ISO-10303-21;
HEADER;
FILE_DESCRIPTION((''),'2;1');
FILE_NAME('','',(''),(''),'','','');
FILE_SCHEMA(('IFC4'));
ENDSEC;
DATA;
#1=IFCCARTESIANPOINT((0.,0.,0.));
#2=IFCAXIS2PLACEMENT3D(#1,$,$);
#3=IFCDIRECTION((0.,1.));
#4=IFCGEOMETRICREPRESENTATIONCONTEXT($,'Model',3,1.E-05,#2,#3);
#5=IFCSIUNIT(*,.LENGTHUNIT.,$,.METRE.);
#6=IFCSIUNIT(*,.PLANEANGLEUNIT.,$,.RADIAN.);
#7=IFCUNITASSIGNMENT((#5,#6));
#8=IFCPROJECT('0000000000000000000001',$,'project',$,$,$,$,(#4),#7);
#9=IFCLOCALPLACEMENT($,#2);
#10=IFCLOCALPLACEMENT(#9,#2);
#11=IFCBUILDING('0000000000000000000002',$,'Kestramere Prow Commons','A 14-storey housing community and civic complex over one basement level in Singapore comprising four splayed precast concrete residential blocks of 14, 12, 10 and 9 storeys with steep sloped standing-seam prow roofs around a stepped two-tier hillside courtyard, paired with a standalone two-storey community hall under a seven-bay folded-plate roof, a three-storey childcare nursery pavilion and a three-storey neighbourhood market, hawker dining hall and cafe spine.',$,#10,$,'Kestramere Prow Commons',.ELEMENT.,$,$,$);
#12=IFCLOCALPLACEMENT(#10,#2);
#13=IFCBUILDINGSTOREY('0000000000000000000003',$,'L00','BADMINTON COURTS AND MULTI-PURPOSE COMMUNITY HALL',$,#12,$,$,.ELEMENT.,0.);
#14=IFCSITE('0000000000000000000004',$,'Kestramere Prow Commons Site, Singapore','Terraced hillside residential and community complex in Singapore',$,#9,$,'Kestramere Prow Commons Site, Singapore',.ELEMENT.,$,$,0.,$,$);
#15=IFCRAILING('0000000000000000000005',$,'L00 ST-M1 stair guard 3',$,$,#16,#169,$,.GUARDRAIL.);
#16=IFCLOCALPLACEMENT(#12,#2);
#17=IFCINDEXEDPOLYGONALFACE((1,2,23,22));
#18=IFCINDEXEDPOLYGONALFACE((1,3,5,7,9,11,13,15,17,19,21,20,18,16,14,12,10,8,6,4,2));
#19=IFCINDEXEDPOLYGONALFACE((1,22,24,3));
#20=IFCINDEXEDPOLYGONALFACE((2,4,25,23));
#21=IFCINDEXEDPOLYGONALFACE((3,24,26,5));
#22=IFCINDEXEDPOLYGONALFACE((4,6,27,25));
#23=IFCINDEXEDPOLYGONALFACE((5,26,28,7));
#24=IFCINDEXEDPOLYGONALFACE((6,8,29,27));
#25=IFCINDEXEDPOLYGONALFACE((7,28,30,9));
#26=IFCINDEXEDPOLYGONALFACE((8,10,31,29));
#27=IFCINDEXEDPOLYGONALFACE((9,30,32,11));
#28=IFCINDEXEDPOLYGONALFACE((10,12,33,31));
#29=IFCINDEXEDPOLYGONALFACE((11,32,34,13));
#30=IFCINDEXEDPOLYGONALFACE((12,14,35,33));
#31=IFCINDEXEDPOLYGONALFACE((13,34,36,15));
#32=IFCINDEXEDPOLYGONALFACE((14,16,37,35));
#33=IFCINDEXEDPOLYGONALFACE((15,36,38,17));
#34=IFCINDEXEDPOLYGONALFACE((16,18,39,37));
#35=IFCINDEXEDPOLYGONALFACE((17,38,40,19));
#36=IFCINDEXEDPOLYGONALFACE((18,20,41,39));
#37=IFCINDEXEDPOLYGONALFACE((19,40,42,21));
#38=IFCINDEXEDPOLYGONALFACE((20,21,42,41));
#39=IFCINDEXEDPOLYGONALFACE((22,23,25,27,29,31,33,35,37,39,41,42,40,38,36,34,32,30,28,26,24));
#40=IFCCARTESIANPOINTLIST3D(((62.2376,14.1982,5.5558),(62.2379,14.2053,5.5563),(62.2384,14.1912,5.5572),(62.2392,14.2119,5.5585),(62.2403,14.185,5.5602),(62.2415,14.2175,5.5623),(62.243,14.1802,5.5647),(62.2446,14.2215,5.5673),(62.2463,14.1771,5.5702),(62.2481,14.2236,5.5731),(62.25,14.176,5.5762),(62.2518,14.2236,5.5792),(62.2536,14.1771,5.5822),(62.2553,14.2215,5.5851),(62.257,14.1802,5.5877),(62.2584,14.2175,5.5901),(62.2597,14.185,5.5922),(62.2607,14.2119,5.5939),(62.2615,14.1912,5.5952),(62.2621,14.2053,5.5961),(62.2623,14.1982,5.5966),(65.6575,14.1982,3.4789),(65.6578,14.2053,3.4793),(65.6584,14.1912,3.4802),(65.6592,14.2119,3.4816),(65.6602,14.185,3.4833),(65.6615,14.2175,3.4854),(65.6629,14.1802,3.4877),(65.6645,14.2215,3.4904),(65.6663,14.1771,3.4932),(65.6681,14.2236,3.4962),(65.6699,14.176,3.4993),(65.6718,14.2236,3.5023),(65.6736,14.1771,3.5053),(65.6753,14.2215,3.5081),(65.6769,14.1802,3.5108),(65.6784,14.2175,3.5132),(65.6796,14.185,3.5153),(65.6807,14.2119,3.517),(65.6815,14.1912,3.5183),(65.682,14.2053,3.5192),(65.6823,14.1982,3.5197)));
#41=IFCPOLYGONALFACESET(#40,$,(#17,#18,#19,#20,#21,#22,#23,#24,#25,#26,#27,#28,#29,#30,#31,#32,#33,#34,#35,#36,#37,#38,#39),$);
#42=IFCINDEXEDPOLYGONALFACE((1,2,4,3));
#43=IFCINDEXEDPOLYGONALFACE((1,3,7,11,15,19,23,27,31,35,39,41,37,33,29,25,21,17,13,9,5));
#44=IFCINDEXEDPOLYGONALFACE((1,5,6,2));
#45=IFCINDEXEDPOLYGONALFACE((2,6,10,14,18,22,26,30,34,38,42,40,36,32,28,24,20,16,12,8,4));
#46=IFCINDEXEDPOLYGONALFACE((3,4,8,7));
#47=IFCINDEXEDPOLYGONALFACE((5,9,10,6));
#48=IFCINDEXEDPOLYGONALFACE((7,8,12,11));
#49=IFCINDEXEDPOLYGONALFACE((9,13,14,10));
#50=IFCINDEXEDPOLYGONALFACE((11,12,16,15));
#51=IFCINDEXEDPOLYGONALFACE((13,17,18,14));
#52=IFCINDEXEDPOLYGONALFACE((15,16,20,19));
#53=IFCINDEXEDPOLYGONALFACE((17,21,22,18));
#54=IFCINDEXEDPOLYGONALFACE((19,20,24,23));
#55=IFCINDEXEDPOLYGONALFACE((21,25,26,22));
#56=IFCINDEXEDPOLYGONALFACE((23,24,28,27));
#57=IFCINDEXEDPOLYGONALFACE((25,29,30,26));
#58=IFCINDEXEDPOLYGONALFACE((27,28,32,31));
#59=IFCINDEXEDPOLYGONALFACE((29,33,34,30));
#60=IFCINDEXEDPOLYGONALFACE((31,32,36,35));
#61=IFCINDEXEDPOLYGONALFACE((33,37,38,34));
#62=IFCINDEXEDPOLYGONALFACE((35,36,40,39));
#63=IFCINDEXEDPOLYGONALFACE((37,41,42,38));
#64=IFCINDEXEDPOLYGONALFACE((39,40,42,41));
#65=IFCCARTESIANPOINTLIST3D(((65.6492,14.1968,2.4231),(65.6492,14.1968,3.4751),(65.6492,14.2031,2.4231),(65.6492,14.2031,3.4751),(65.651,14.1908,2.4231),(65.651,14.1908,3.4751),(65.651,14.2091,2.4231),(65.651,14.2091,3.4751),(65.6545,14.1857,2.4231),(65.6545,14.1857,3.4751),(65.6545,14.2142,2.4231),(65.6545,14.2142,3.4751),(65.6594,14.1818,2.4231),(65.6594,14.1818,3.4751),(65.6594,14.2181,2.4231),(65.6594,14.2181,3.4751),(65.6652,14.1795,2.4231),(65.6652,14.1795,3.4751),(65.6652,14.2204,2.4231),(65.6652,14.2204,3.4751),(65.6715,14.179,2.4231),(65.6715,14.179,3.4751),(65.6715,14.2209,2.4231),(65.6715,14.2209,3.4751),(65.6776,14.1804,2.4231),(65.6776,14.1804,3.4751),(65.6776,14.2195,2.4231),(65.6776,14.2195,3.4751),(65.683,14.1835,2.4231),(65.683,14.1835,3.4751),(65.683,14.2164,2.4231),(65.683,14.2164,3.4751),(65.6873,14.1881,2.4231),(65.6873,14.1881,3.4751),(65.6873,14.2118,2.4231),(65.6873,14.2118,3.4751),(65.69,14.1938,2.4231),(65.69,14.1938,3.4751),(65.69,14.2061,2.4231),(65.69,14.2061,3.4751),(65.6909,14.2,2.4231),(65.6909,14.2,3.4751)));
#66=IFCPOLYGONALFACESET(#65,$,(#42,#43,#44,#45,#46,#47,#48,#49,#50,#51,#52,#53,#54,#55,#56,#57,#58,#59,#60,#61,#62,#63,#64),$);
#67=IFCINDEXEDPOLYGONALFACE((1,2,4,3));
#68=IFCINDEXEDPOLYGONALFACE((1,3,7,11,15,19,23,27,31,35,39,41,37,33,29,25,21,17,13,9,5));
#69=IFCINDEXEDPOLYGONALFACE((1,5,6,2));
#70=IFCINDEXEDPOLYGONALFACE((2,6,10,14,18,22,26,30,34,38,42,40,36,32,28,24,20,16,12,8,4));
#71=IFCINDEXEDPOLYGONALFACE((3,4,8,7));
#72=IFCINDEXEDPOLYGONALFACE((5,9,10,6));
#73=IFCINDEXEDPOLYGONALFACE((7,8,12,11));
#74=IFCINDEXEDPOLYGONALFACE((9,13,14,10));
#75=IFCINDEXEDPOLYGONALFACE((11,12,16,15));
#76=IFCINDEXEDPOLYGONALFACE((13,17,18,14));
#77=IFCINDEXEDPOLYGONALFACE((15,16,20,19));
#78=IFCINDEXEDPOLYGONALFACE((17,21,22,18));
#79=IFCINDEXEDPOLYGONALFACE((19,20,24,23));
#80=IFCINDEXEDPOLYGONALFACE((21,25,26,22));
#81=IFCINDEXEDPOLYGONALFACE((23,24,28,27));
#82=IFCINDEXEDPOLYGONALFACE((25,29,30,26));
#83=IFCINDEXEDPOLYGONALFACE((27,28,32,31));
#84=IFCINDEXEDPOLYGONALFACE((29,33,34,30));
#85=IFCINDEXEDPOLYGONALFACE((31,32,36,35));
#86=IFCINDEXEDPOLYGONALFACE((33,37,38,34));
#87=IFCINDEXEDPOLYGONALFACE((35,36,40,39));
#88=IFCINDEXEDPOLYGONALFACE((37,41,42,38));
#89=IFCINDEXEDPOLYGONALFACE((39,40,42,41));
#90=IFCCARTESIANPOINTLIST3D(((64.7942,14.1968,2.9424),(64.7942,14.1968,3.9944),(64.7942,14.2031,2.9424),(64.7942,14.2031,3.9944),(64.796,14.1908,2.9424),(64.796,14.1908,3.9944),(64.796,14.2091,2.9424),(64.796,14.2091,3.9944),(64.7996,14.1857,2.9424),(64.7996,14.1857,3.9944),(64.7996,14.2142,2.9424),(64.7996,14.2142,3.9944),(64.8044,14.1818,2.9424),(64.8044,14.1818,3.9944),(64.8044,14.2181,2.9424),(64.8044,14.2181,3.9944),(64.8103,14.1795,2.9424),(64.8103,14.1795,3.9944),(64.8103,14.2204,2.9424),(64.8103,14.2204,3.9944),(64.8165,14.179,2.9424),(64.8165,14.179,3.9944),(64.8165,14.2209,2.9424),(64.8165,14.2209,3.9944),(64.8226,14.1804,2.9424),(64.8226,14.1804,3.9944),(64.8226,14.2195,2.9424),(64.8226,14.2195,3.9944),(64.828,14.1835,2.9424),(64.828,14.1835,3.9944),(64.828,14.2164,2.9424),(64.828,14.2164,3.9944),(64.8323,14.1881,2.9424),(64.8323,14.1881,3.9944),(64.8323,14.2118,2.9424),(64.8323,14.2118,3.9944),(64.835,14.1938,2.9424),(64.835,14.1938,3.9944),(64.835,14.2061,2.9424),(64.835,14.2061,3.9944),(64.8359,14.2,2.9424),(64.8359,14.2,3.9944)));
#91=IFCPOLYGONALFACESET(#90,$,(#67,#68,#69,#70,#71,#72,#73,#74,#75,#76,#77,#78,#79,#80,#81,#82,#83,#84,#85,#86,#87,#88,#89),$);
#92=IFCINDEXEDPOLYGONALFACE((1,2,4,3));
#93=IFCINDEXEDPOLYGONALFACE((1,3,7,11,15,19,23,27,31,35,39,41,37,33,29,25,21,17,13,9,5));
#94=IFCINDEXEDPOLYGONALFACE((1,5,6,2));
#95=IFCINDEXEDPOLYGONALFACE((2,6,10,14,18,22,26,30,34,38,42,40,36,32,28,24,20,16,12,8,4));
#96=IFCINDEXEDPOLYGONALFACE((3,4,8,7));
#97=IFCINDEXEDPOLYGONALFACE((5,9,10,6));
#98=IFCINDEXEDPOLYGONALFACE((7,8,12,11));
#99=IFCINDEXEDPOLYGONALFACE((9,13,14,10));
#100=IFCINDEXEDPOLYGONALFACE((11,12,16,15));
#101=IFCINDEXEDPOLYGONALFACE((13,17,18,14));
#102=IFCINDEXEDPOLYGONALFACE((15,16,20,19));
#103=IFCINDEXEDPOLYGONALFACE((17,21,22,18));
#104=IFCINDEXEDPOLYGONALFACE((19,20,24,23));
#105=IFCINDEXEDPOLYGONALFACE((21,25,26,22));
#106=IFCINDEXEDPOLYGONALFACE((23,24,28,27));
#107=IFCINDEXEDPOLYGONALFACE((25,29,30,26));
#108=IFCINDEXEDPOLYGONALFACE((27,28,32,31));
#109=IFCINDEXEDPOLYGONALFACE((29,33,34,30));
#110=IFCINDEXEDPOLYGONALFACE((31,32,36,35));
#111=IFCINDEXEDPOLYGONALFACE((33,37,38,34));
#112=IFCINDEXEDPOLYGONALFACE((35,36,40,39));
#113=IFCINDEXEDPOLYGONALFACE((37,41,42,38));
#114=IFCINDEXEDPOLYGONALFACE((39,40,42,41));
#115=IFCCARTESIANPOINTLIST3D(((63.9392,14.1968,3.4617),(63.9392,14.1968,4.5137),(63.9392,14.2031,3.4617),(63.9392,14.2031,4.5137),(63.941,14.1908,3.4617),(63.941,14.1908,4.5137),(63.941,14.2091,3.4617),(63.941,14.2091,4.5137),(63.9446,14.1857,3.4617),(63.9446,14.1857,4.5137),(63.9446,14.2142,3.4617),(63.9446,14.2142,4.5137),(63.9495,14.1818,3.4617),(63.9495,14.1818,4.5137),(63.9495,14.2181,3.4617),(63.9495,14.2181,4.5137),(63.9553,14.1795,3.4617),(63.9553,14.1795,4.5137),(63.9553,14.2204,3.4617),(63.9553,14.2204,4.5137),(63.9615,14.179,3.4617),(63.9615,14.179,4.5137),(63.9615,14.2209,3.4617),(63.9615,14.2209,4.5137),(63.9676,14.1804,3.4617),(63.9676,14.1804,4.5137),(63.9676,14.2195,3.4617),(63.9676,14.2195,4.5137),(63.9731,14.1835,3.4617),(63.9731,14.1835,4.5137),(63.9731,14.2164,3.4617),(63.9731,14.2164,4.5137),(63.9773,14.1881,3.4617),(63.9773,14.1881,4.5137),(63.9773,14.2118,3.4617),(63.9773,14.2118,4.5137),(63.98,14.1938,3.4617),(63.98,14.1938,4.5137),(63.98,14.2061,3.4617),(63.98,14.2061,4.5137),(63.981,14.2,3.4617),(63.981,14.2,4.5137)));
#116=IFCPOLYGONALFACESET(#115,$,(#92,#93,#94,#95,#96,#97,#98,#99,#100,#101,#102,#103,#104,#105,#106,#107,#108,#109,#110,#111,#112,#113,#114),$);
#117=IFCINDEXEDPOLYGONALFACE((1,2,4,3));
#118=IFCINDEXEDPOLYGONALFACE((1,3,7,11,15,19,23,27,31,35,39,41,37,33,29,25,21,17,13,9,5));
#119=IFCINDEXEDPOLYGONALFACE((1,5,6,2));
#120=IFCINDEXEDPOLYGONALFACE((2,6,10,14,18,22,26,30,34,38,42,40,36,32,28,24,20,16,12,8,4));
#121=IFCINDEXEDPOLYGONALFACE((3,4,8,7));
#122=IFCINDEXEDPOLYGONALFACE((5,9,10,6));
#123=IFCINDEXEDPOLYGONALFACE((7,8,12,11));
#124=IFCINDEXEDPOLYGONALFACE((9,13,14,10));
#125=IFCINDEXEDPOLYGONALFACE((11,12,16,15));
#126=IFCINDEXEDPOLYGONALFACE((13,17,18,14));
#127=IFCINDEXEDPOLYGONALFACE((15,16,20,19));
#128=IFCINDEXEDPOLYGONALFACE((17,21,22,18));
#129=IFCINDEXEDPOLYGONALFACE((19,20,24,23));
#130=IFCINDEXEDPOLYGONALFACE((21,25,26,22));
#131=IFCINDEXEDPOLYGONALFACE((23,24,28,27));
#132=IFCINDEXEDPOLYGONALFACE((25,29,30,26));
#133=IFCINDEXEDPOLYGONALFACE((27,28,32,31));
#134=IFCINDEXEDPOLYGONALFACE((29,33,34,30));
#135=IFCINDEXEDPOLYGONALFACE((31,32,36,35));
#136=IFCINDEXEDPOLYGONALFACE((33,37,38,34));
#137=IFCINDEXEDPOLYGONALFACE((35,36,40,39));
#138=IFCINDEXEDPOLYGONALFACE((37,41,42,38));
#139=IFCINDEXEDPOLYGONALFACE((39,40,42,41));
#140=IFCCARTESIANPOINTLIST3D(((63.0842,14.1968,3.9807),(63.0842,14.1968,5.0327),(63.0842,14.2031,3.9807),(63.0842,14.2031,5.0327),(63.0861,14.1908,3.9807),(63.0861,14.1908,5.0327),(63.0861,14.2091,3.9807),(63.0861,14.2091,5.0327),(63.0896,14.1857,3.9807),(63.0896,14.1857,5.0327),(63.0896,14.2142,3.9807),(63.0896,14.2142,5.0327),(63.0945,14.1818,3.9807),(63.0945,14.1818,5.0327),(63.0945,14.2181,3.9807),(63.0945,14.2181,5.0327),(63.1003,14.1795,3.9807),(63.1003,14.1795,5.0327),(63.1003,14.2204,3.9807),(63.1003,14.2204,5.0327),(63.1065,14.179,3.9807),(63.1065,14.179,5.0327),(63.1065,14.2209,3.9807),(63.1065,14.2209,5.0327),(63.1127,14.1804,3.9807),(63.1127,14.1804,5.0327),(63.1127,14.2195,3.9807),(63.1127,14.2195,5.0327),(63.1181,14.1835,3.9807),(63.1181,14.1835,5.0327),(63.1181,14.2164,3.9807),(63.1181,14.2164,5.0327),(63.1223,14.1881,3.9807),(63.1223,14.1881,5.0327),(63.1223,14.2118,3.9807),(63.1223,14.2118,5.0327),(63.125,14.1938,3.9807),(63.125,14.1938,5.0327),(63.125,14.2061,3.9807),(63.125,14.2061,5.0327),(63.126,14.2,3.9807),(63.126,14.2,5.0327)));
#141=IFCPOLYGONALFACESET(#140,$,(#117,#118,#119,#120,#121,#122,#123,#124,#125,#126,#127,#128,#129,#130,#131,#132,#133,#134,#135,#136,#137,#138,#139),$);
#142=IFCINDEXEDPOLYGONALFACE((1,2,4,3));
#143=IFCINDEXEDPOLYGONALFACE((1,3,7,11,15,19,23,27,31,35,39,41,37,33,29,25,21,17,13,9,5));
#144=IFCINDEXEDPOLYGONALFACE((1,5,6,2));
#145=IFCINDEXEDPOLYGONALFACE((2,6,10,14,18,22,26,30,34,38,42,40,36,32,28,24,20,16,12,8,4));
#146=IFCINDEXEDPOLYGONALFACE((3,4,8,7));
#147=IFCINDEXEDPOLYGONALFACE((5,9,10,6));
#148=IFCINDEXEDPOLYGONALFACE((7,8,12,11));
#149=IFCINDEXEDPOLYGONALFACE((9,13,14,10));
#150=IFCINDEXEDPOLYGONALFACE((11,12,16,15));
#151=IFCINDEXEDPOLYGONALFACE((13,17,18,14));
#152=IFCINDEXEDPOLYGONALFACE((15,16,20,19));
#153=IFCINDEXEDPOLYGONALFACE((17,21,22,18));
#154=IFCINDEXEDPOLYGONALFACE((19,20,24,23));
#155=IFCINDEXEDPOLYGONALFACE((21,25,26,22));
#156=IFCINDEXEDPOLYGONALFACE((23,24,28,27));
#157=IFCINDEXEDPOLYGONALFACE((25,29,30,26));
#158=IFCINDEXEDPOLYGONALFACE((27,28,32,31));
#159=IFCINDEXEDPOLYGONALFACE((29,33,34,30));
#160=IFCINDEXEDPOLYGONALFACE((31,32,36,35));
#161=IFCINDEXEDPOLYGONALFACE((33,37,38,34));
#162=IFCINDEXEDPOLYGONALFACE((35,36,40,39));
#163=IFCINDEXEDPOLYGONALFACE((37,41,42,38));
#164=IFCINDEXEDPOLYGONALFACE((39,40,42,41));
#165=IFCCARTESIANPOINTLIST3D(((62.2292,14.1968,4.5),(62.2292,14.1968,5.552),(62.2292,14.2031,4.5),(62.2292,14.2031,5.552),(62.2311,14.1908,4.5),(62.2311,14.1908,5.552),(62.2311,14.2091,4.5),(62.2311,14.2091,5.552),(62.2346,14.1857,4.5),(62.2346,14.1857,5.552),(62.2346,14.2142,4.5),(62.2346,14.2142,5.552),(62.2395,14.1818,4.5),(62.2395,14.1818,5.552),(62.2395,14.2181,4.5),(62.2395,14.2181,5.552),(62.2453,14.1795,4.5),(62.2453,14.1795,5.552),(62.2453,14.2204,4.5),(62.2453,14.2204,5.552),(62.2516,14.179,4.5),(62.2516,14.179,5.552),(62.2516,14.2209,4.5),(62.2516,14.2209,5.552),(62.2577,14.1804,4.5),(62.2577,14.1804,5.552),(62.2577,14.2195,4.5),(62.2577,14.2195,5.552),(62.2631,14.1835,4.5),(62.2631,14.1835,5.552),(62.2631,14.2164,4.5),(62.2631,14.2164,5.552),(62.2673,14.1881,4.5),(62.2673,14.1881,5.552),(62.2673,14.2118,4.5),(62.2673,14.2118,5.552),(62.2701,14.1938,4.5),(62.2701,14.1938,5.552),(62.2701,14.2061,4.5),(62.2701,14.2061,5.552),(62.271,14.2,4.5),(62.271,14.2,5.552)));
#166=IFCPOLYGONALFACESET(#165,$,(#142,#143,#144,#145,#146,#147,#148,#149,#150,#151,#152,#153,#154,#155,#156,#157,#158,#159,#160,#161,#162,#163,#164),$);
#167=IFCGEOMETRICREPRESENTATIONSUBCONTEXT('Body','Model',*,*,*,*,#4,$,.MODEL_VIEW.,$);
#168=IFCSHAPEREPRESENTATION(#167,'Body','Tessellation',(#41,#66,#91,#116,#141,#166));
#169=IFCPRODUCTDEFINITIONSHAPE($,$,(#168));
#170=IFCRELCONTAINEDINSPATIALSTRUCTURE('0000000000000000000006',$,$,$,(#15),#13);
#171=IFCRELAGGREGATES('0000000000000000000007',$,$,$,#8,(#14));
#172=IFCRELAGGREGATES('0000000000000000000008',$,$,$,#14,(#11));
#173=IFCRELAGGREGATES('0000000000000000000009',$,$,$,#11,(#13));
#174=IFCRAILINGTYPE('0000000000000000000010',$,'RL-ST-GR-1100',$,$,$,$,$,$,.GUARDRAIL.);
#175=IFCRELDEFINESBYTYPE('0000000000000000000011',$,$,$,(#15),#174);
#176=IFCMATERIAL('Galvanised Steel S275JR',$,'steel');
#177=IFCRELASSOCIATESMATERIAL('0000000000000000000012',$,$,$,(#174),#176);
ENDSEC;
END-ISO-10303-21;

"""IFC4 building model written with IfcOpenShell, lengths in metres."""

from ifc_helpers import new_model, si_unit, direction, frame, origin, origin_2d, place, context, subcontext, project, spatial, circle, extrude, material, type_object, element, save


model = new_model("IFC4")

# Units and contexts
model_context = context("Model", 3, precision=1e-05, world=origin(), true_north=direction((0.0, 1.0)))
body_context = subcontext(model_context, "Body", "Model", "MODEL_VIEW")
ifc_project = project(units=[si_unit("LENGTHUNIT", "METRE"), si_unit("PLANEANGLEUNIT", "RADIAN")], contexts=[model_context])

# Site, building, storey
site_placement = place(None, origin())
site = spatial("IfcSite", under=ifc_project, at=site_placement, Name="Kestramere Prow Commons Site, Singapore", Description="Terraced hillside residential and community complex in Singapore", LongName="Kestramere Prow Commons Site, Singapore", CompositionType="ELEMENT", RefElevation=0.0)
building_placement = place(site_placement, origin())
building = spatial("IfcBuilding", under=site, at=building_placement, Name="Kestramere Prow Commons", Description="A 14-storey housing community and civic complex over one basement level in Singapore comprising four splayed precast concrete residential blocks of 14, 12, 10 and 9 storeys with steep sloped standing-seam prow roofs around a stepped two-tier hillside courtyard, paired with a standalone two-storey community hall under a seven-bay folded-plate roof, a three-storey childcare nursery pavilion and a three-storey neighbourhood market, hawker dining hall and cafe spine.", LongName="Kestramere Prow Commons", CompositionType="ELEMENT")
storey_placement = place(building_placement, origin())
storey = spatial("IfcBuildingStorey", under=building, at=storey_placement, Name="L00", Description="BADMINTON COURTS AND MULTI-PURPOSE COMMUNITY HALL", CompositionType="ELEMENT", Elevation=0.0)

# Railing
ifc_material_1 = material(Name="Galvanised Steel S275JR", Category="steel")
railing_type_1 = type_object("IfcRailingType", Name="RL-ST-GR-1100", PredefinedType="GUARDRAIL", material=ifc_material_1)
railing_1_placement = place(storey_placement, frame((65.6699, 14.2, 2.4231)))
element("IfcRailing", 1, at=railing_1_placement, inside=storey, type_object=railing_type_1, Name="L00 ST-M1 stair guard 3", PredefinedType="GUARDRAIL", context=body_context, shape_type="SweptSolid", body=[
    extrude(circle(Radius=0.0239, at=origin_2d()), frame((0.0, 0.0, 1.0762), z_axis=(-0.85473, 0.0, 0.519074), x_axis=(0.0, -1.0, 0.0)), (0.0, 0.0, 1.0), 4.0012),
    extrude(circle(Radius=0.021, at=origin_2d()), origin(), (0.0, 0.0, 1.0), 1.052),
    extrude(circle(Radius=0.021, at=origin_2d()), frame((-0.855, 0.0, 0.5193)), (0.0, 0.0, 1.0), 1.052),
    extrude(circle(Radius=0.021, at=origin_2d()), frame((-1.71, 0.0, 1.0386)), (0.0, 0.0, 1.0), 1.052),
    extrude(circle(Radius=0.021, at=origin_2d()), frame((-2.5649, 0.0, 1.5576)), (0.0, 0.0, 1.0), 1.052),
    extrude(circle(Radius=0.021, at=origin_2d()), frame((-3.4199, 0.0, 2.0769)), (0.0, 0.0, 1.0), 1.052),
])

save(model, "model.ifc")
